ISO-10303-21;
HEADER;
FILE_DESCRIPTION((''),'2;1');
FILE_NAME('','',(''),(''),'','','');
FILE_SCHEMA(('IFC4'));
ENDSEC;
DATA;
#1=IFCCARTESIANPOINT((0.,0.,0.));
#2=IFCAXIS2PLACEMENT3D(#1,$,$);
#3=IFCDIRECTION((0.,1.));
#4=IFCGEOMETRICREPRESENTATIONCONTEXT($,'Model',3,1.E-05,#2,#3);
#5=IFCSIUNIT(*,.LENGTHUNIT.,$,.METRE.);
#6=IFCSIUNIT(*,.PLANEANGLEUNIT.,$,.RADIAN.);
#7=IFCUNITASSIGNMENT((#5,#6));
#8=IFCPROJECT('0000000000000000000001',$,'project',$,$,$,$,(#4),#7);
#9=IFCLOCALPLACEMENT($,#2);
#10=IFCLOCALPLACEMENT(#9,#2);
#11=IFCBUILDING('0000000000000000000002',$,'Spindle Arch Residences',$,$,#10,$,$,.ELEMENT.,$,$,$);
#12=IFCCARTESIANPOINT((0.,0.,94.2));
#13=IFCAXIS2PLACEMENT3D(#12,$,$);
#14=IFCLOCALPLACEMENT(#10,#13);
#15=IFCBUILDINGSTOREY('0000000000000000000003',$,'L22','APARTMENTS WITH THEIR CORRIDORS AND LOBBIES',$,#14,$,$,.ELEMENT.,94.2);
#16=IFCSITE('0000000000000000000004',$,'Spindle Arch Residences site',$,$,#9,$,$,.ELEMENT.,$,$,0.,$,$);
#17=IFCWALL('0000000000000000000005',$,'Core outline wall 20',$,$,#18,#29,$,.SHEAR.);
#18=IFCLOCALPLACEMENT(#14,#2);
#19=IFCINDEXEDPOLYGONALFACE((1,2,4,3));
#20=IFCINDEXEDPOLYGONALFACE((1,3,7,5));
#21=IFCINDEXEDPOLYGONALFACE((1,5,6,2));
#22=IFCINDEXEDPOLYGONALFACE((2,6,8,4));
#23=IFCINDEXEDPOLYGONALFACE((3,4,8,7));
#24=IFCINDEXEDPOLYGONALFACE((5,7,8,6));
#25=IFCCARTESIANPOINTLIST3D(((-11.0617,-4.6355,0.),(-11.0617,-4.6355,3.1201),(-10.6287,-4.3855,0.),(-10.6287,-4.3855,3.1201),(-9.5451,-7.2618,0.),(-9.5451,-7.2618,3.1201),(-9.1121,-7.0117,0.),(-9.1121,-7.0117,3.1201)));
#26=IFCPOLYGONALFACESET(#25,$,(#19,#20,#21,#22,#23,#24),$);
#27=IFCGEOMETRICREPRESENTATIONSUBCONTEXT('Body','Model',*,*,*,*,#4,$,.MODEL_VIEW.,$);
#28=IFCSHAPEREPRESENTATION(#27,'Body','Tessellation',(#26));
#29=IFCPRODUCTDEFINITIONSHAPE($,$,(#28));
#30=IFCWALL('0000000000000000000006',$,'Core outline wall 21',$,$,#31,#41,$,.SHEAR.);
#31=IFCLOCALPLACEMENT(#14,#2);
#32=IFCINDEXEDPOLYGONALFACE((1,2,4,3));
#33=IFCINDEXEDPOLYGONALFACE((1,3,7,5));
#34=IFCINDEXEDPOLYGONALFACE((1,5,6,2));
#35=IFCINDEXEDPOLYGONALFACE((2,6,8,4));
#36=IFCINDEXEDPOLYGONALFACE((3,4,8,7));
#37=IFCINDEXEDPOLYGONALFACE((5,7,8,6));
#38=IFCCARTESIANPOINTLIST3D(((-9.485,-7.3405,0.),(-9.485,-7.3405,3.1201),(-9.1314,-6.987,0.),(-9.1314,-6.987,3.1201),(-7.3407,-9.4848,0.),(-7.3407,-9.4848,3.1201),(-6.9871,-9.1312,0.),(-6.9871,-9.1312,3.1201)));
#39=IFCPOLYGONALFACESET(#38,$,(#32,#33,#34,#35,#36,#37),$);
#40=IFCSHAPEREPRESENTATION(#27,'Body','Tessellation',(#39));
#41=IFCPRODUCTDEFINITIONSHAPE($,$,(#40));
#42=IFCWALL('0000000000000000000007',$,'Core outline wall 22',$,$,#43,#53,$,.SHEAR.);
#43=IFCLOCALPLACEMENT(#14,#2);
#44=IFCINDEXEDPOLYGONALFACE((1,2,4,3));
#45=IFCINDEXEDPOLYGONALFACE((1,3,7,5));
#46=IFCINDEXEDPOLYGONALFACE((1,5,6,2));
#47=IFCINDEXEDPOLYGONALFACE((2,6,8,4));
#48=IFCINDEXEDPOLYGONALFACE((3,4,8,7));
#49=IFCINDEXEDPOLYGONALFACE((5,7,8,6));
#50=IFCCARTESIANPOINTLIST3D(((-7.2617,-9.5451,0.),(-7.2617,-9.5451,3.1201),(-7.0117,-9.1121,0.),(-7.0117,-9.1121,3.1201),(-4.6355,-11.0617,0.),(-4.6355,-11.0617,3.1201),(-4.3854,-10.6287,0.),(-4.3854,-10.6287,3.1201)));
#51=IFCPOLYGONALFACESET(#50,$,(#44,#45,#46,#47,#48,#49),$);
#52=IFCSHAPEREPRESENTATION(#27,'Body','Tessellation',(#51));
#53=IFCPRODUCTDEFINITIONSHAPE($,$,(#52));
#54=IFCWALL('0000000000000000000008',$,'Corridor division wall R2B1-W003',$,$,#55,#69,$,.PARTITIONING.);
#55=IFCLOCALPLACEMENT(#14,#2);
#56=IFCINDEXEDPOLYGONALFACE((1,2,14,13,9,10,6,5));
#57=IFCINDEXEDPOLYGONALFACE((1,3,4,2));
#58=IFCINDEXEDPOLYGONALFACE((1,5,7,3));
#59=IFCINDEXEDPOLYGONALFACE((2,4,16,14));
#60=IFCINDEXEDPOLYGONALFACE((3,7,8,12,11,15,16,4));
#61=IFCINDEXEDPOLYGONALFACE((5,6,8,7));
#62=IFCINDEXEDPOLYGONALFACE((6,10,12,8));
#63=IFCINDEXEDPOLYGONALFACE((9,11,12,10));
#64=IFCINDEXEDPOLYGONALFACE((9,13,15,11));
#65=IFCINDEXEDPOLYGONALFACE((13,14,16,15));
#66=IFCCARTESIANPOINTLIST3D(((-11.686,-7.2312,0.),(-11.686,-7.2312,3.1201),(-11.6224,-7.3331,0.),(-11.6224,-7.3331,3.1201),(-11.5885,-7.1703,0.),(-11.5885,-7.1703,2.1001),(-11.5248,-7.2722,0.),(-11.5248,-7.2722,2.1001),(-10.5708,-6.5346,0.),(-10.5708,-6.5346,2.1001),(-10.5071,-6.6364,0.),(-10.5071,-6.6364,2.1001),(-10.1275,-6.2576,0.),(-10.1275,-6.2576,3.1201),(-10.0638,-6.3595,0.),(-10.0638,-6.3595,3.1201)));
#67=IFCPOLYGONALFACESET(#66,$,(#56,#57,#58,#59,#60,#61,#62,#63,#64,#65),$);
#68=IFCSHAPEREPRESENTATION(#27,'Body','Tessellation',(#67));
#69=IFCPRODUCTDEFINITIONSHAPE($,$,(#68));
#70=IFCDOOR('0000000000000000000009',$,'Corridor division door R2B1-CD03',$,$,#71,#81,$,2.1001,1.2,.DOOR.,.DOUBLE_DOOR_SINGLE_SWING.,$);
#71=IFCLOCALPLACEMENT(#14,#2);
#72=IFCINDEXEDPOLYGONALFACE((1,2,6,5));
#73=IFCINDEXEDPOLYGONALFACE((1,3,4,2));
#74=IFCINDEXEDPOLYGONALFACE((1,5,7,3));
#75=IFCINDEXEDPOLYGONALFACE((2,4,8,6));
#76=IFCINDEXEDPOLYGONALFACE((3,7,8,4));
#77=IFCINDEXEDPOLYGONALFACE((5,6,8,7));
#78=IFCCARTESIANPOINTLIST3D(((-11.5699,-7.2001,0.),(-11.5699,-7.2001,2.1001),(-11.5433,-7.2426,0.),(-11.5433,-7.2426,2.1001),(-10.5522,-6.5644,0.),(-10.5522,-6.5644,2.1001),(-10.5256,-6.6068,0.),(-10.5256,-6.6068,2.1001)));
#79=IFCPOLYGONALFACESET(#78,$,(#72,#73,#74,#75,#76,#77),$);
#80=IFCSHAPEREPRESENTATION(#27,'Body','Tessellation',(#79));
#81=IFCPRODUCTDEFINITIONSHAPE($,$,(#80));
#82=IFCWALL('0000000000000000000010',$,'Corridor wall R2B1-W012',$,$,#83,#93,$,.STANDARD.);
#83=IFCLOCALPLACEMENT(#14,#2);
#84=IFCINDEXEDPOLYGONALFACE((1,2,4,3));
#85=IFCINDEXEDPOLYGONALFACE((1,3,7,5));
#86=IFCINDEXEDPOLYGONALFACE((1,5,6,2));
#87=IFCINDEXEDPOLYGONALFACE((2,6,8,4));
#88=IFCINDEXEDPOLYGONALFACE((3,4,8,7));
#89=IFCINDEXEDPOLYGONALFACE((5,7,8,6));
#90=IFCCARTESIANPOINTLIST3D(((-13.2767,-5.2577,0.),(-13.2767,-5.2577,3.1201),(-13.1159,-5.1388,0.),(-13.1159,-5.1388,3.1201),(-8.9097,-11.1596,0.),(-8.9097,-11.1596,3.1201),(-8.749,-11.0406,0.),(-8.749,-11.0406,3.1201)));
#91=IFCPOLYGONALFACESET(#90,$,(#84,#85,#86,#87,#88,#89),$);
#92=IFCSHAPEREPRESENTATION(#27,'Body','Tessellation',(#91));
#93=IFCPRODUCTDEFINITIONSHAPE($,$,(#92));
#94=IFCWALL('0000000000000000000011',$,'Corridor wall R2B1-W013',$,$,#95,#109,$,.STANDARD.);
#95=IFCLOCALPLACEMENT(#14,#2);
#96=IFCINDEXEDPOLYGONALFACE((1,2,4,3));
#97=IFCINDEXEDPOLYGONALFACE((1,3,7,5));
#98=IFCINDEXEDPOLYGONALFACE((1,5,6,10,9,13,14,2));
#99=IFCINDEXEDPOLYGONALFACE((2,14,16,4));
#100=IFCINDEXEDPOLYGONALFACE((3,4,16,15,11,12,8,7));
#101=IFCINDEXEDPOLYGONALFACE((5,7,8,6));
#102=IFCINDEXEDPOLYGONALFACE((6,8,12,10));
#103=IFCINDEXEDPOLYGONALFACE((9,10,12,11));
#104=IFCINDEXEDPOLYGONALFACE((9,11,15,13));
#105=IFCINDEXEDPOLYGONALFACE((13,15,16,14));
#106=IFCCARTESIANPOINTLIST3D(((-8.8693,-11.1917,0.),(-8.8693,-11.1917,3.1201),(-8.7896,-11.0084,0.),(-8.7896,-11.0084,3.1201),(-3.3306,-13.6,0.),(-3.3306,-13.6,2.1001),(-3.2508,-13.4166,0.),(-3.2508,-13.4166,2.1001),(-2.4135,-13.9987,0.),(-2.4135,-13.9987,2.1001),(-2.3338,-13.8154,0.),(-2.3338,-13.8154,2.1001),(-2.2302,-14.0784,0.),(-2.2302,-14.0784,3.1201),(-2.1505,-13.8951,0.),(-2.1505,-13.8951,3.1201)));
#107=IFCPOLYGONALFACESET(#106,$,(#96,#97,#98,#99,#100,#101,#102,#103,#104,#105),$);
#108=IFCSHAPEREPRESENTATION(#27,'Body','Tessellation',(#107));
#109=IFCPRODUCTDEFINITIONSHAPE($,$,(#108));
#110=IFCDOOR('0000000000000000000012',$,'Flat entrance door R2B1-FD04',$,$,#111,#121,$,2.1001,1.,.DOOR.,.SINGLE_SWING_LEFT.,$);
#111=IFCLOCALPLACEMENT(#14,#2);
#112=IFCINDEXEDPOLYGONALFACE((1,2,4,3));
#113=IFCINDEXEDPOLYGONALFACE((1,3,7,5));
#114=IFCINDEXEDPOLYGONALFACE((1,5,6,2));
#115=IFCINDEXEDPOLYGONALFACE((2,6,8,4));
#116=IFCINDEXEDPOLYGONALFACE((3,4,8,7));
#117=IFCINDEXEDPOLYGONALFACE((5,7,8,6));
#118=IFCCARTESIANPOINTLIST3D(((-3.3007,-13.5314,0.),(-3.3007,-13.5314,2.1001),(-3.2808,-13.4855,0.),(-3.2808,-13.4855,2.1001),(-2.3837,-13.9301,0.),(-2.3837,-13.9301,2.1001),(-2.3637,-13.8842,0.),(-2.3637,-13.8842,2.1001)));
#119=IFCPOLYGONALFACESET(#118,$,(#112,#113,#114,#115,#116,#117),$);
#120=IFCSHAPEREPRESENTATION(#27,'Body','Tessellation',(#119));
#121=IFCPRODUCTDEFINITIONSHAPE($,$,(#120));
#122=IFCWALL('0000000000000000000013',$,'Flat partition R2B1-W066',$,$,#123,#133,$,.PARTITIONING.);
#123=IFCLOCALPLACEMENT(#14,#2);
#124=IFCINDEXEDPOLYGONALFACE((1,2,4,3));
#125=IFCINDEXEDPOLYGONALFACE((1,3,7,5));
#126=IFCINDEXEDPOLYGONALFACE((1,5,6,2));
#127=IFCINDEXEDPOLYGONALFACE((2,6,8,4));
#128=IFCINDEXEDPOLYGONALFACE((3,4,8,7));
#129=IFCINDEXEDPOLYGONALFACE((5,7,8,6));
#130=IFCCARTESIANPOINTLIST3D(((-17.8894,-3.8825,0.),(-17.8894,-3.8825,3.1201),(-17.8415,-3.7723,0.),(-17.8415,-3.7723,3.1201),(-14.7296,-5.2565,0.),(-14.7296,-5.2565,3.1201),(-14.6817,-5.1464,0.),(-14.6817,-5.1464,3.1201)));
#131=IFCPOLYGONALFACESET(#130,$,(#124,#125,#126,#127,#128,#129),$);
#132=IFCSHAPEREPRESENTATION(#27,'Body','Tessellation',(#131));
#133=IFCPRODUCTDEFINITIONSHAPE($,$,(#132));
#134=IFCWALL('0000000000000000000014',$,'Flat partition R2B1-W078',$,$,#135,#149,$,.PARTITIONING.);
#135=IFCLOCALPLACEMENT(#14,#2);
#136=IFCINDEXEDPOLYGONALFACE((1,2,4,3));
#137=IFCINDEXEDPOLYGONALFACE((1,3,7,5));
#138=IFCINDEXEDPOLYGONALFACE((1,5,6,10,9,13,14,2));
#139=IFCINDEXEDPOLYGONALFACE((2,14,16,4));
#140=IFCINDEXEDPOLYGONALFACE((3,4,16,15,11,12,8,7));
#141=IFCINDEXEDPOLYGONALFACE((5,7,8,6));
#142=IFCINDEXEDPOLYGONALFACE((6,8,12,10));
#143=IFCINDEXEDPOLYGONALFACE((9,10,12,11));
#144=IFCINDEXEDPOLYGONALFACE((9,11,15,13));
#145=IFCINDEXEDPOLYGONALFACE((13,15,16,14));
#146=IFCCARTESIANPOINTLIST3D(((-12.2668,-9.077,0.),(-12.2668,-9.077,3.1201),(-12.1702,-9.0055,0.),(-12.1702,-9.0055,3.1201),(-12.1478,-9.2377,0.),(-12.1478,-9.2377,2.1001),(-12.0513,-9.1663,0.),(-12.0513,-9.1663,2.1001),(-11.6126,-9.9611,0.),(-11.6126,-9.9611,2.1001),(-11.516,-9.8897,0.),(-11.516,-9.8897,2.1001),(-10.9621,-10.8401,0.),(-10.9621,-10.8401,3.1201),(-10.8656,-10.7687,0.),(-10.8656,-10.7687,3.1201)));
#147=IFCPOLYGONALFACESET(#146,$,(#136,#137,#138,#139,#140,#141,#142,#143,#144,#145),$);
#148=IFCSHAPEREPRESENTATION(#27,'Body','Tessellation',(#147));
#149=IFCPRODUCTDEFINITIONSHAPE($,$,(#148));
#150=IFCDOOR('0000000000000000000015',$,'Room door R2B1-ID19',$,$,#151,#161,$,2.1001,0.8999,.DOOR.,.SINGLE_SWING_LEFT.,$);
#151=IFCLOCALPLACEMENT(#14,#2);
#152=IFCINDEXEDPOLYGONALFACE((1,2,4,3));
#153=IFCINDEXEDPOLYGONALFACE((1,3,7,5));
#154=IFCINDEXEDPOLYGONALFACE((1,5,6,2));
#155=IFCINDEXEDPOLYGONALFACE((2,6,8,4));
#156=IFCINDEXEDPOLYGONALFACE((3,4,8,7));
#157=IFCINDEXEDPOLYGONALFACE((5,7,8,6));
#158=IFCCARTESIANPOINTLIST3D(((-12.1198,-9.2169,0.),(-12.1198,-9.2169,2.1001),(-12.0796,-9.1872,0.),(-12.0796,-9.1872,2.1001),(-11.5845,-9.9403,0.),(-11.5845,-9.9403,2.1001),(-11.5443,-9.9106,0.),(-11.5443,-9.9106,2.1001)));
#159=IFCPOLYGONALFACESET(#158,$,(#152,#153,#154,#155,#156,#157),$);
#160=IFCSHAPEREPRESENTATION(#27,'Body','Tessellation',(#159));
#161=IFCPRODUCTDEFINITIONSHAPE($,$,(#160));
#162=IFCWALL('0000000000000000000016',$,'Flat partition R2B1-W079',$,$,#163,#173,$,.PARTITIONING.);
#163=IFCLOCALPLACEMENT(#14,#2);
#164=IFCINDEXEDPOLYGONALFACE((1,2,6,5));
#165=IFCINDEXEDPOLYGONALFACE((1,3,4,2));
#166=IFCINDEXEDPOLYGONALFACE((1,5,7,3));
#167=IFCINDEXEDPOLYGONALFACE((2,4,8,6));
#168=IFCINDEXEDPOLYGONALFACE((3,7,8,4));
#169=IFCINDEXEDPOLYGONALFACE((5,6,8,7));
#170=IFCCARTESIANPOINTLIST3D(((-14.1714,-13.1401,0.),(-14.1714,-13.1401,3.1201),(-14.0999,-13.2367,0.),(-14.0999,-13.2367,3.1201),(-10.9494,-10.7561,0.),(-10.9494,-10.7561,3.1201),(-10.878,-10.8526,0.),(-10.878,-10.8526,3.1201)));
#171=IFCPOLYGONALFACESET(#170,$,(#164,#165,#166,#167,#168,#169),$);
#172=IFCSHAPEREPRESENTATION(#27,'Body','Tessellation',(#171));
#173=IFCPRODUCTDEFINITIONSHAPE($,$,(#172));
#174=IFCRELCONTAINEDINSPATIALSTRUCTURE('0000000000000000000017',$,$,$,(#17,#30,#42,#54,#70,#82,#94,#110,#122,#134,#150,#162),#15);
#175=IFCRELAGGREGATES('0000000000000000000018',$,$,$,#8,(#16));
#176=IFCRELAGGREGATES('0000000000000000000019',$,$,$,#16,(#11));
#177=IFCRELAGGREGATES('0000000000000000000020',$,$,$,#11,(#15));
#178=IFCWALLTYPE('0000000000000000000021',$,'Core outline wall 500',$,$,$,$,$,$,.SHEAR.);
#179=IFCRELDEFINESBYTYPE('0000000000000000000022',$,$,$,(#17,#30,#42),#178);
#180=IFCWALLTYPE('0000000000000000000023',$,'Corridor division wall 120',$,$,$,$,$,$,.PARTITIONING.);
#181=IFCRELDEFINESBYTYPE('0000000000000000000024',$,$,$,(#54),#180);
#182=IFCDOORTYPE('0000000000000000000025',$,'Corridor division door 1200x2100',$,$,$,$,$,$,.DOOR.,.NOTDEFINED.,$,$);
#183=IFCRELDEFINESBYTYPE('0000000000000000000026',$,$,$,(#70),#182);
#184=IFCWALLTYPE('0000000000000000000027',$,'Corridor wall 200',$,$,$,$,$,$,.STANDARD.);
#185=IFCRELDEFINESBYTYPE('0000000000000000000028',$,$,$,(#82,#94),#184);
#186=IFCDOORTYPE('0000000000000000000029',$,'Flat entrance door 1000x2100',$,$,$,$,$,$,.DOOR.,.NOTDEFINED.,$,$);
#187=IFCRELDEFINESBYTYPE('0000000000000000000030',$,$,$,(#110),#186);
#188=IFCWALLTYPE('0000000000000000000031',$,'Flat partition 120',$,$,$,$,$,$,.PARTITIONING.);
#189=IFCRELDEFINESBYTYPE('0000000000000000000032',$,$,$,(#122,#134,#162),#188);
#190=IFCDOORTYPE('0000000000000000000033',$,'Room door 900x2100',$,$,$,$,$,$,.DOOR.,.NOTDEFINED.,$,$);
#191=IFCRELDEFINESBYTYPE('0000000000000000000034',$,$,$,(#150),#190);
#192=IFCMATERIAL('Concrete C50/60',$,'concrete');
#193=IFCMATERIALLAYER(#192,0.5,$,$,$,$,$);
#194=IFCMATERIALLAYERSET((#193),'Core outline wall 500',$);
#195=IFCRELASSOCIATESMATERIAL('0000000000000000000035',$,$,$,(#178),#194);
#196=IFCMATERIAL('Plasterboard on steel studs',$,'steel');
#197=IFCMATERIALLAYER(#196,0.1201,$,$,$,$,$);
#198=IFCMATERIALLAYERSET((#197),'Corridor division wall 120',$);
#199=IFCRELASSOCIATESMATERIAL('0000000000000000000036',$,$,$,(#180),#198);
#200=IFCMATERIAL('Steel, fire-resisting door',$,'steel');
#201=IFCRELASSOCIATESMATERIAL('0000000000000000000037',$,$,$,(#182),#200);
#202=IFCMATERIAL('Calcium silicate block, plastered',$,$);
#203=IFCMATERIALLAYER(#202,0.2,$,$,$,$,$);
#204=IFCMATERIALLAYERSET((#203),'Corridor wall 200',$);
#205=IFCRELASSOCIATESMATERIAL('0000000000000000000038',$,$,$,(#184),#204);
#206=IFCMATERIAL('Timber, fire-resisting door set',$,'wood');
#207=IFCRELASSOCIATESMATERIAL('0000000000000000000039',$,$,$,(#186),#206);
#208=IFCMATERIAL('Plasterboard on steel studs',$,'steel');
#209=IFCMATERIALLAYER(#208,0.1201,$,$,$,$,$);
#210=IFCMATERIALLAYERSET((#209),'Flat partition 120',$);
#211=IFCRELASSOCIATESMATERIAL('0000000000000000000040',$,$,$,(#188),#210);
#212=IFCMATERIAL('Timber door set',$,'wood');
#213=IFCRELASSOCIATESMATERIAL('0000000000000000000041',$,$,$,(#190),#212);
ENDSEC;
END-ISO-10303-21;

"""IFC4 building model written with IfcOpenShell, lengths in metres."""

from ifc_helpers import new_model, si_unit, direction, frame, frame_2d, origin, place, context, subcontext, project, spatial, rectangle, extrude, material, layer, layer_set, type_object, element, fill, save


model = new_model("IFC4")

# Units and contexts
model_context = context("Model", 3, precision=1e-05, world=origin(), true_north=direction((0.0, 1.0)))
body_context = subcontext(model_context, "Body", "Model", "MODEL_VIEW")
ifc_project = project(units=[si_unit("LENGTHUNIT", "METRE"), si_unit("PLANEANGLEUNIT", "RADIAN")], contexts=[model_context])

# Site, building, storey
site_placement = place(None, origin())
site = spatial("IfcSite", under=ifc_project, at=site_placement, Name="Spindle Arch Residences site", CompositionType="ELEMENT", RefElevation=0.0)
building_placement = place(site_placement, origin())
building = spatial("IfcBuilding", under=site, at=building_placement, Name="Spindle Arch Residences", CompositionType="ELEMENT")
storey_placement = place(building_placement, frame((0.0, 0.0, 94.2)))
storey = spatial("IfcBuildingStorey", under=building, at=storey_placement, Name="L22", Description="APARTMENTS WITH THEIR CORRIDORS AND LOBBIES", CompositionType="ELEMENT", Elevation=94.2)

# Walls
ifc_material_1 = material(Name="Concrete C50/60", Category="concrete")
ifc_layer_1 = layer(ifc_material_1, 0.5)
ifc_layer_set_1 = layer_set([ifc_layer_1], Name="Core outline wall 500")
wall_type_1 = type_object("IfcWallType", Name="Core outline wall 500", PredefinedType="SHEAR", material=ifc_layer_set_1)
wall_1_placement = place(storey_placement, frame((-10.8452, -4.5105, 0.0), z_axis=(0.0, 0.0, 1.0), x_axis=(0.500087, -0.865975, 0.0)))
element("IfcWall", 1, at=wall_1_placement, inside=storey, type_object=wall_type_1, Name="Core outline wall 20", PredefinedType="SHEAR", context=body_context, shape_type="SweptSolid", body=[
    extrude(rectangle(XDim=3.0327, YDim=0.5, at=frame_2d((1.5164, 0.0))), origin(), (0.0, 0.0, 1.0), 3.1201),
])
wall_2_placement = place(storey_placement, frame((-9.3081, -7.1638, 0.0), z_axis=(0.0, 0.0, 1.0), x_axis=(0.707107, -0.707107, 0.0)))
element("IfcWall", 2, at=wall_2_placement, inside=storey, type_object=wall_type_1, Name="Core outline wall 21", PredefinedType="SHEAR", context=body_context, shape_type="SweptSolid", body=[
    extrude(rectangle(XDim=3.0325, YDim=0.5, at=frame_2d((1.5161, 0.0))), origin(), (0.0, 0.0, 1.0), 3.1201),
])
wall_3_placement = place(storey_placement, frame((-7.1367, -9.3286, 0.0), z_axis=(0.0, 0.0, 1.0), x_axis=(0.865975, -0.500087, 0.0)))
element("IfcWall", 3, at=wall_3_placement, inside=storey, type_object=wall_type_1, Name="Core outline wall 22", PredefinedType="SHEAR", context=body_context, shape_type="SweptSolid", body=[
    extrude(rectangle(XDim=3.0327, YDim=0.5, at=frame_2d((1.5164, 0.0))), origin(), (0.0, 0.0, 1.0), 3.1201),
])

# Wall, opening, door
ifc_material_2 = material(Name="Plasterboard on steel studs", Category="steel")
ifc_layer_2 = layer(ifc_material_2, 0.1201)
ifc_layer_set_2 = layer_set([ifc_layer_2], Name="Corridor division wall 120")
wall_type_2 = type_object("IfcWallType", Name="Corridor division wall 120", PredefinedType="PARTITIONING", material=ifc_layer_set_2)
wall_4_placement = place(storey_placement, frame((-11.6543, -7.2822, 0.0), z_axis=(0.0, 0.0, 1.0), x_axis=(0.848118, 0.529808, 0.0)))
wall_4 = element("IfcWall", 4, at=wall_4_placement, inside=storey, type_object=wall_type_2, Name="Corridor division wall R2B1-W003", PredefinedType="PARTITIONING", context=body_context, shape_type="SweptSolid", body=[
    extrude(rectangle(XDim=1.8376, YDim=0.1201, at=frame_2d((0.9189, 0.0))), origin(), (0.0, 0.0, 1.0), 3.1201),
])
opening_1_placement = place(wall_4_placement, frame((0.115, 0.0, 0.0)))
opening_1 = element("IfcOpeningElement", 5, at=opening_1_placement, cuts=wall_4, PredefinedType="OPENING", context=body_context, shape_type="SweptSolid", body=[
    extrude(rectangle(XDim=1.2, YDim=2.1001, at=frame_2d((0.6001, 1.05))), frame((0.0, 0.0701, 0.0), z_axis=(0.0, -1.0, 0.0), x_axis=(1.0, 0.0, 0.0)), (0.0, 0.0, 1.0), 0.1401),
])
ifc_material_3 = material(Name="Steel, fire-resisting door", Category="steel")
door_type_1 = type_object("IfcDoorType", Name="Corridor division door 1200x2100", OperationType="NOTDEFINED", PredefinedType="DOOR", material=ifc_material_3)
door_1_placement = place(opening_1_placement, origin())
door_1 = element("IfcDoor", 6, at=door_1_placement, inside=storey, type_object=door_type_1, Name="Corridor division door R2B1-CD03", OperationType="DOUBLE_DOOR_SINGLE_SWING", OverallHeight=2.1001, OverallWidth=1.2, PredefinedType="DOOR", context=body_context, shape_type="SweptSolid", body=[
    extrude(rectangle(XDim=1.2, YDim=2.1001, at=frame_2d((0.6001, 1.05))), frame((0.0, 0.0249, 0.0), z_axis=(0.0, -1.0, 0.0), x_axis=(1.0, 0.0, 0.0)), (0.0, 0.0, 1.0), 0.05),
])
fill(opening_1, door_1)

# Wall
ifc_material_4 = material(Name="Calcium silicate block, plastered")
ifc_layer_3 = layer(ifc_material_4, 0.2)
ifc_layer_set_3 = layer_set([ifc_layer_3], Name="Corridor wall 200")
wall_type_3 = type_object("IfcWallType", Name="Corridor wall 200", PredefinedType="STANDARD", material=ifc_layer_set_3)
wall_5_placement = place(storey_placement, frame((-13.1963, -5.1982, 0.0), z_axis=(0.0, 0.0, 1.0), x_axis=(0.594805, -0.80387, 0.0)))
element("IfcWall", 7, at=wall_5_placement, inside=storey, type_object=wall_type_3, Name="Corridor wall R2B1-W012", PredefinedType="STANDARD", context=body_context, shape_type="SweptSolid", body=[
    extrude(rectangle(XDim=7.3418, YDim=0.2, at=frame_2d((3.6709, 0.0))), origin(), (0.0, 0.0, 1.0), 3.1201),
])

# Wall, opening, door
wall_6_placement = place(storey_placement, frame((-8.8293, -11.1001, 0.0), z_axis=(0.0, 0.0, 1.0), x_axis=(0.917064, -0.398741, 0.0)))
wall_6 = element("IfcWall", 8, at=wall_6_placement, inside=storey, type_object=wall_type_3, Name="Corridor wall R2B1-W013", PredefinedType="STANDARD", context=body_context, shape_type="SweptSolid", body=[
    extrude(rectangle(XDim=7.2395, YDim=0.2, at=frame_2d((3.6196, 0.0))), origin(), (0.0, 0.0, 1.0), 3.1201),
])
opening_2_placement = place(wall_6_placement, frame((6.0396, 0.0, 0.0)))
opening_2 = element("IfcOpeningElement", 9, at=opening_2_placement, cuts=wall_6, PredefinedType="OPENING", context=body_context, shape_type="SweptSolid", body=[
    extrude(rectangle(XDim=1.0, YDim=2.1001, at=frame_2d((0.5, 1.05))), frame((0.0, 0.1099, 0.0), z_axis=(0.0, -1.0, 0.0), x_axis=(1.0, 0.0, 0.0)), (0.0, 0.0, 1.0), 0.22),
])
ifc_material_5 = material(Name="Timber, fire-resisting door set", Category="wood")
door_type_2 = type_object("IfcDoorType", Name="Flat entrance door 1000x2100", OperationType="NOTDEFINED", PredefinedType="DOOR", material=ifc_material_5)
door_2_placement = place(opening_2_placement, origin())
door_2 = element("IfcDoor", 10, at=door_2_placement, inside=storey, type_object=door_type_2, Name="Flat entrance door R2B1-FD04", OperationType="SINGLE_SWING_LEFT", OverallHeight=2.1001, OverallWidth=1.0, PredefinedType="DOOR", context=body_context, shape_type="SweptSolid", body=[
    extrude(rectangle(XDim=1.0, YDim=2.1001, at=frame_2d((0.5, 1.05))), frame((0.0, 0.0249, 0.0), z_axis=(0.0, -1.0, 0.0), x_axis=(1.0, 0.0, 0.0)), (0.0, 0.0, 1.0), 0.05),
])
fill(opening_2, door_2)

# Wall
ifc_material_6 = material(Name="Plasterboard on steel studs", Category="steel")
ifc_layer_4 = layer(ifc_material_6, 0.1201)
ifc_layer_set_4 = layer_set([ifc_layer_4], Name="Flat partition 120")
wall_type_4 = type_object("IfcWallType", Name="Flat partition 120", PredefinedType="PARTITIONING", material=ifc_layer_set_4)
wall_7_placement = place(storey_placement, frame((-14.7058, -5.2014, 0.0), z_axis=(0.0, 0.0, 1.0), x_axis=(-0.917043, 0.398788, 0.0)))
element("IfcWall", 11, at=wall_7_placement, inside=storey, type_object=wall_type_4, Name="Flat partition R2B1-W066", PredefinedType="PARTITIONING", context=body_context, shape_type="SweptSolid", body=[
    extrude(rectangle(XDim=3.4456, YDim=0.1201, at=frame_2d((1.7227, 0.0))), origin(), (0.0, 0.0, 1.0), 3.1201),
])

# Wall, opening, door
wall_8_placement = place(storey_placement, frame((-12.2185, -9.0413, 0.0), z_axis=(0.0, 0.0, 1.0), x_axis=(0.594823, -0.803857, 0.0)))
wall_8 = element("IfcWall", 12, at=wall_8_placement, inside=storey, type_object=wall_type_4, Name="Flat partition R2B1-W078", PredefinedType="PARTITIONING", context=body_context, shape_type="SweptSolid", body=[
    extrude(rectangle(XDim=2.1934, YDim=0.1201, at=frame_2d((1.0967, 0.0))), origin(), (0.0, 0.0, 1.0), 3.1201),
])
opening_3_placement = place(wall_8_placement, frame((0.2, 0.0, 0.0)))
opening_3 = element("IfcOpeningElement", 13, at=opening_3_placement, cuts=wall_8, PredefinedType="OPENING", context=body_context, shape_type="SweptSolid", body=[
    extrude(rectangle(XDim=0.8999, YDim=2.1001, at=frame_2d((0.45, 1.05))), frame((0.0, 0.0701, 0.0), z_axis=(0.0, -1.0, 0.0), x_axis=(1.0, 0.0, 0.0)), (0.0, 0.0, 1.0), 0.1401),
])
ifc_material_7 = material(Name="Timber door set", Category="wood")
door_type_3 = type_object("IfcDoorType", Name="Room door 900x2100", OperationType="NOTDEFINED", PredefinedType="DOOR", material=ifc_material_7)
door_3_placement = place(opening_3_placement, origin())
door_3 = element("IfcDoor", 14, at=door_3_placement, inside=storey, type_object=door_type_3, Name="Room door R2B1-ID19", OperationType="SINGLE_SWING_LEFT", OverallHeight=2.1001, OverallWidth=0.8999, PredefinedType="DOOR", context=body_context, shape_type="SweptSolid", body=[
    extrude(rectangle(XDim=0.8999, YDim=2.1001, at=frame_2d((0.45, 1.05))), frame((0.0, 0.0249, 0.0), z_axis=(0.0, -1.0, 0.0), x_axis=(1.0, 0.0, 0.0)), (0.0, 0.0, 1.0), 0.05),
])
fill(opening_3, door_3)

# Wall
wall_9_placement = place(storey_placement, frame((-10.9138, -10.8044, 0.0), z_axis=(0.0, 0.0, 1.0), x_axis=(-0.803865, -0.594812, 0.0)))
element("IfcWall", 15, at=wall_9_placement, inside=storey, type_object=wall_type_4, Name="Flat partition R2B1-W079", PredefinedType="PARTITIONING", context=body_context, shape_type="SweptSolid", body=[
    extrude(rectangle(XDim=4.0081, YDim=0.1201, at=frame_2d((2.0039, 0.0))), origin(), (0.0, 0.0, 1.0), 3.1201),
])

save(model, "model.ifc")
